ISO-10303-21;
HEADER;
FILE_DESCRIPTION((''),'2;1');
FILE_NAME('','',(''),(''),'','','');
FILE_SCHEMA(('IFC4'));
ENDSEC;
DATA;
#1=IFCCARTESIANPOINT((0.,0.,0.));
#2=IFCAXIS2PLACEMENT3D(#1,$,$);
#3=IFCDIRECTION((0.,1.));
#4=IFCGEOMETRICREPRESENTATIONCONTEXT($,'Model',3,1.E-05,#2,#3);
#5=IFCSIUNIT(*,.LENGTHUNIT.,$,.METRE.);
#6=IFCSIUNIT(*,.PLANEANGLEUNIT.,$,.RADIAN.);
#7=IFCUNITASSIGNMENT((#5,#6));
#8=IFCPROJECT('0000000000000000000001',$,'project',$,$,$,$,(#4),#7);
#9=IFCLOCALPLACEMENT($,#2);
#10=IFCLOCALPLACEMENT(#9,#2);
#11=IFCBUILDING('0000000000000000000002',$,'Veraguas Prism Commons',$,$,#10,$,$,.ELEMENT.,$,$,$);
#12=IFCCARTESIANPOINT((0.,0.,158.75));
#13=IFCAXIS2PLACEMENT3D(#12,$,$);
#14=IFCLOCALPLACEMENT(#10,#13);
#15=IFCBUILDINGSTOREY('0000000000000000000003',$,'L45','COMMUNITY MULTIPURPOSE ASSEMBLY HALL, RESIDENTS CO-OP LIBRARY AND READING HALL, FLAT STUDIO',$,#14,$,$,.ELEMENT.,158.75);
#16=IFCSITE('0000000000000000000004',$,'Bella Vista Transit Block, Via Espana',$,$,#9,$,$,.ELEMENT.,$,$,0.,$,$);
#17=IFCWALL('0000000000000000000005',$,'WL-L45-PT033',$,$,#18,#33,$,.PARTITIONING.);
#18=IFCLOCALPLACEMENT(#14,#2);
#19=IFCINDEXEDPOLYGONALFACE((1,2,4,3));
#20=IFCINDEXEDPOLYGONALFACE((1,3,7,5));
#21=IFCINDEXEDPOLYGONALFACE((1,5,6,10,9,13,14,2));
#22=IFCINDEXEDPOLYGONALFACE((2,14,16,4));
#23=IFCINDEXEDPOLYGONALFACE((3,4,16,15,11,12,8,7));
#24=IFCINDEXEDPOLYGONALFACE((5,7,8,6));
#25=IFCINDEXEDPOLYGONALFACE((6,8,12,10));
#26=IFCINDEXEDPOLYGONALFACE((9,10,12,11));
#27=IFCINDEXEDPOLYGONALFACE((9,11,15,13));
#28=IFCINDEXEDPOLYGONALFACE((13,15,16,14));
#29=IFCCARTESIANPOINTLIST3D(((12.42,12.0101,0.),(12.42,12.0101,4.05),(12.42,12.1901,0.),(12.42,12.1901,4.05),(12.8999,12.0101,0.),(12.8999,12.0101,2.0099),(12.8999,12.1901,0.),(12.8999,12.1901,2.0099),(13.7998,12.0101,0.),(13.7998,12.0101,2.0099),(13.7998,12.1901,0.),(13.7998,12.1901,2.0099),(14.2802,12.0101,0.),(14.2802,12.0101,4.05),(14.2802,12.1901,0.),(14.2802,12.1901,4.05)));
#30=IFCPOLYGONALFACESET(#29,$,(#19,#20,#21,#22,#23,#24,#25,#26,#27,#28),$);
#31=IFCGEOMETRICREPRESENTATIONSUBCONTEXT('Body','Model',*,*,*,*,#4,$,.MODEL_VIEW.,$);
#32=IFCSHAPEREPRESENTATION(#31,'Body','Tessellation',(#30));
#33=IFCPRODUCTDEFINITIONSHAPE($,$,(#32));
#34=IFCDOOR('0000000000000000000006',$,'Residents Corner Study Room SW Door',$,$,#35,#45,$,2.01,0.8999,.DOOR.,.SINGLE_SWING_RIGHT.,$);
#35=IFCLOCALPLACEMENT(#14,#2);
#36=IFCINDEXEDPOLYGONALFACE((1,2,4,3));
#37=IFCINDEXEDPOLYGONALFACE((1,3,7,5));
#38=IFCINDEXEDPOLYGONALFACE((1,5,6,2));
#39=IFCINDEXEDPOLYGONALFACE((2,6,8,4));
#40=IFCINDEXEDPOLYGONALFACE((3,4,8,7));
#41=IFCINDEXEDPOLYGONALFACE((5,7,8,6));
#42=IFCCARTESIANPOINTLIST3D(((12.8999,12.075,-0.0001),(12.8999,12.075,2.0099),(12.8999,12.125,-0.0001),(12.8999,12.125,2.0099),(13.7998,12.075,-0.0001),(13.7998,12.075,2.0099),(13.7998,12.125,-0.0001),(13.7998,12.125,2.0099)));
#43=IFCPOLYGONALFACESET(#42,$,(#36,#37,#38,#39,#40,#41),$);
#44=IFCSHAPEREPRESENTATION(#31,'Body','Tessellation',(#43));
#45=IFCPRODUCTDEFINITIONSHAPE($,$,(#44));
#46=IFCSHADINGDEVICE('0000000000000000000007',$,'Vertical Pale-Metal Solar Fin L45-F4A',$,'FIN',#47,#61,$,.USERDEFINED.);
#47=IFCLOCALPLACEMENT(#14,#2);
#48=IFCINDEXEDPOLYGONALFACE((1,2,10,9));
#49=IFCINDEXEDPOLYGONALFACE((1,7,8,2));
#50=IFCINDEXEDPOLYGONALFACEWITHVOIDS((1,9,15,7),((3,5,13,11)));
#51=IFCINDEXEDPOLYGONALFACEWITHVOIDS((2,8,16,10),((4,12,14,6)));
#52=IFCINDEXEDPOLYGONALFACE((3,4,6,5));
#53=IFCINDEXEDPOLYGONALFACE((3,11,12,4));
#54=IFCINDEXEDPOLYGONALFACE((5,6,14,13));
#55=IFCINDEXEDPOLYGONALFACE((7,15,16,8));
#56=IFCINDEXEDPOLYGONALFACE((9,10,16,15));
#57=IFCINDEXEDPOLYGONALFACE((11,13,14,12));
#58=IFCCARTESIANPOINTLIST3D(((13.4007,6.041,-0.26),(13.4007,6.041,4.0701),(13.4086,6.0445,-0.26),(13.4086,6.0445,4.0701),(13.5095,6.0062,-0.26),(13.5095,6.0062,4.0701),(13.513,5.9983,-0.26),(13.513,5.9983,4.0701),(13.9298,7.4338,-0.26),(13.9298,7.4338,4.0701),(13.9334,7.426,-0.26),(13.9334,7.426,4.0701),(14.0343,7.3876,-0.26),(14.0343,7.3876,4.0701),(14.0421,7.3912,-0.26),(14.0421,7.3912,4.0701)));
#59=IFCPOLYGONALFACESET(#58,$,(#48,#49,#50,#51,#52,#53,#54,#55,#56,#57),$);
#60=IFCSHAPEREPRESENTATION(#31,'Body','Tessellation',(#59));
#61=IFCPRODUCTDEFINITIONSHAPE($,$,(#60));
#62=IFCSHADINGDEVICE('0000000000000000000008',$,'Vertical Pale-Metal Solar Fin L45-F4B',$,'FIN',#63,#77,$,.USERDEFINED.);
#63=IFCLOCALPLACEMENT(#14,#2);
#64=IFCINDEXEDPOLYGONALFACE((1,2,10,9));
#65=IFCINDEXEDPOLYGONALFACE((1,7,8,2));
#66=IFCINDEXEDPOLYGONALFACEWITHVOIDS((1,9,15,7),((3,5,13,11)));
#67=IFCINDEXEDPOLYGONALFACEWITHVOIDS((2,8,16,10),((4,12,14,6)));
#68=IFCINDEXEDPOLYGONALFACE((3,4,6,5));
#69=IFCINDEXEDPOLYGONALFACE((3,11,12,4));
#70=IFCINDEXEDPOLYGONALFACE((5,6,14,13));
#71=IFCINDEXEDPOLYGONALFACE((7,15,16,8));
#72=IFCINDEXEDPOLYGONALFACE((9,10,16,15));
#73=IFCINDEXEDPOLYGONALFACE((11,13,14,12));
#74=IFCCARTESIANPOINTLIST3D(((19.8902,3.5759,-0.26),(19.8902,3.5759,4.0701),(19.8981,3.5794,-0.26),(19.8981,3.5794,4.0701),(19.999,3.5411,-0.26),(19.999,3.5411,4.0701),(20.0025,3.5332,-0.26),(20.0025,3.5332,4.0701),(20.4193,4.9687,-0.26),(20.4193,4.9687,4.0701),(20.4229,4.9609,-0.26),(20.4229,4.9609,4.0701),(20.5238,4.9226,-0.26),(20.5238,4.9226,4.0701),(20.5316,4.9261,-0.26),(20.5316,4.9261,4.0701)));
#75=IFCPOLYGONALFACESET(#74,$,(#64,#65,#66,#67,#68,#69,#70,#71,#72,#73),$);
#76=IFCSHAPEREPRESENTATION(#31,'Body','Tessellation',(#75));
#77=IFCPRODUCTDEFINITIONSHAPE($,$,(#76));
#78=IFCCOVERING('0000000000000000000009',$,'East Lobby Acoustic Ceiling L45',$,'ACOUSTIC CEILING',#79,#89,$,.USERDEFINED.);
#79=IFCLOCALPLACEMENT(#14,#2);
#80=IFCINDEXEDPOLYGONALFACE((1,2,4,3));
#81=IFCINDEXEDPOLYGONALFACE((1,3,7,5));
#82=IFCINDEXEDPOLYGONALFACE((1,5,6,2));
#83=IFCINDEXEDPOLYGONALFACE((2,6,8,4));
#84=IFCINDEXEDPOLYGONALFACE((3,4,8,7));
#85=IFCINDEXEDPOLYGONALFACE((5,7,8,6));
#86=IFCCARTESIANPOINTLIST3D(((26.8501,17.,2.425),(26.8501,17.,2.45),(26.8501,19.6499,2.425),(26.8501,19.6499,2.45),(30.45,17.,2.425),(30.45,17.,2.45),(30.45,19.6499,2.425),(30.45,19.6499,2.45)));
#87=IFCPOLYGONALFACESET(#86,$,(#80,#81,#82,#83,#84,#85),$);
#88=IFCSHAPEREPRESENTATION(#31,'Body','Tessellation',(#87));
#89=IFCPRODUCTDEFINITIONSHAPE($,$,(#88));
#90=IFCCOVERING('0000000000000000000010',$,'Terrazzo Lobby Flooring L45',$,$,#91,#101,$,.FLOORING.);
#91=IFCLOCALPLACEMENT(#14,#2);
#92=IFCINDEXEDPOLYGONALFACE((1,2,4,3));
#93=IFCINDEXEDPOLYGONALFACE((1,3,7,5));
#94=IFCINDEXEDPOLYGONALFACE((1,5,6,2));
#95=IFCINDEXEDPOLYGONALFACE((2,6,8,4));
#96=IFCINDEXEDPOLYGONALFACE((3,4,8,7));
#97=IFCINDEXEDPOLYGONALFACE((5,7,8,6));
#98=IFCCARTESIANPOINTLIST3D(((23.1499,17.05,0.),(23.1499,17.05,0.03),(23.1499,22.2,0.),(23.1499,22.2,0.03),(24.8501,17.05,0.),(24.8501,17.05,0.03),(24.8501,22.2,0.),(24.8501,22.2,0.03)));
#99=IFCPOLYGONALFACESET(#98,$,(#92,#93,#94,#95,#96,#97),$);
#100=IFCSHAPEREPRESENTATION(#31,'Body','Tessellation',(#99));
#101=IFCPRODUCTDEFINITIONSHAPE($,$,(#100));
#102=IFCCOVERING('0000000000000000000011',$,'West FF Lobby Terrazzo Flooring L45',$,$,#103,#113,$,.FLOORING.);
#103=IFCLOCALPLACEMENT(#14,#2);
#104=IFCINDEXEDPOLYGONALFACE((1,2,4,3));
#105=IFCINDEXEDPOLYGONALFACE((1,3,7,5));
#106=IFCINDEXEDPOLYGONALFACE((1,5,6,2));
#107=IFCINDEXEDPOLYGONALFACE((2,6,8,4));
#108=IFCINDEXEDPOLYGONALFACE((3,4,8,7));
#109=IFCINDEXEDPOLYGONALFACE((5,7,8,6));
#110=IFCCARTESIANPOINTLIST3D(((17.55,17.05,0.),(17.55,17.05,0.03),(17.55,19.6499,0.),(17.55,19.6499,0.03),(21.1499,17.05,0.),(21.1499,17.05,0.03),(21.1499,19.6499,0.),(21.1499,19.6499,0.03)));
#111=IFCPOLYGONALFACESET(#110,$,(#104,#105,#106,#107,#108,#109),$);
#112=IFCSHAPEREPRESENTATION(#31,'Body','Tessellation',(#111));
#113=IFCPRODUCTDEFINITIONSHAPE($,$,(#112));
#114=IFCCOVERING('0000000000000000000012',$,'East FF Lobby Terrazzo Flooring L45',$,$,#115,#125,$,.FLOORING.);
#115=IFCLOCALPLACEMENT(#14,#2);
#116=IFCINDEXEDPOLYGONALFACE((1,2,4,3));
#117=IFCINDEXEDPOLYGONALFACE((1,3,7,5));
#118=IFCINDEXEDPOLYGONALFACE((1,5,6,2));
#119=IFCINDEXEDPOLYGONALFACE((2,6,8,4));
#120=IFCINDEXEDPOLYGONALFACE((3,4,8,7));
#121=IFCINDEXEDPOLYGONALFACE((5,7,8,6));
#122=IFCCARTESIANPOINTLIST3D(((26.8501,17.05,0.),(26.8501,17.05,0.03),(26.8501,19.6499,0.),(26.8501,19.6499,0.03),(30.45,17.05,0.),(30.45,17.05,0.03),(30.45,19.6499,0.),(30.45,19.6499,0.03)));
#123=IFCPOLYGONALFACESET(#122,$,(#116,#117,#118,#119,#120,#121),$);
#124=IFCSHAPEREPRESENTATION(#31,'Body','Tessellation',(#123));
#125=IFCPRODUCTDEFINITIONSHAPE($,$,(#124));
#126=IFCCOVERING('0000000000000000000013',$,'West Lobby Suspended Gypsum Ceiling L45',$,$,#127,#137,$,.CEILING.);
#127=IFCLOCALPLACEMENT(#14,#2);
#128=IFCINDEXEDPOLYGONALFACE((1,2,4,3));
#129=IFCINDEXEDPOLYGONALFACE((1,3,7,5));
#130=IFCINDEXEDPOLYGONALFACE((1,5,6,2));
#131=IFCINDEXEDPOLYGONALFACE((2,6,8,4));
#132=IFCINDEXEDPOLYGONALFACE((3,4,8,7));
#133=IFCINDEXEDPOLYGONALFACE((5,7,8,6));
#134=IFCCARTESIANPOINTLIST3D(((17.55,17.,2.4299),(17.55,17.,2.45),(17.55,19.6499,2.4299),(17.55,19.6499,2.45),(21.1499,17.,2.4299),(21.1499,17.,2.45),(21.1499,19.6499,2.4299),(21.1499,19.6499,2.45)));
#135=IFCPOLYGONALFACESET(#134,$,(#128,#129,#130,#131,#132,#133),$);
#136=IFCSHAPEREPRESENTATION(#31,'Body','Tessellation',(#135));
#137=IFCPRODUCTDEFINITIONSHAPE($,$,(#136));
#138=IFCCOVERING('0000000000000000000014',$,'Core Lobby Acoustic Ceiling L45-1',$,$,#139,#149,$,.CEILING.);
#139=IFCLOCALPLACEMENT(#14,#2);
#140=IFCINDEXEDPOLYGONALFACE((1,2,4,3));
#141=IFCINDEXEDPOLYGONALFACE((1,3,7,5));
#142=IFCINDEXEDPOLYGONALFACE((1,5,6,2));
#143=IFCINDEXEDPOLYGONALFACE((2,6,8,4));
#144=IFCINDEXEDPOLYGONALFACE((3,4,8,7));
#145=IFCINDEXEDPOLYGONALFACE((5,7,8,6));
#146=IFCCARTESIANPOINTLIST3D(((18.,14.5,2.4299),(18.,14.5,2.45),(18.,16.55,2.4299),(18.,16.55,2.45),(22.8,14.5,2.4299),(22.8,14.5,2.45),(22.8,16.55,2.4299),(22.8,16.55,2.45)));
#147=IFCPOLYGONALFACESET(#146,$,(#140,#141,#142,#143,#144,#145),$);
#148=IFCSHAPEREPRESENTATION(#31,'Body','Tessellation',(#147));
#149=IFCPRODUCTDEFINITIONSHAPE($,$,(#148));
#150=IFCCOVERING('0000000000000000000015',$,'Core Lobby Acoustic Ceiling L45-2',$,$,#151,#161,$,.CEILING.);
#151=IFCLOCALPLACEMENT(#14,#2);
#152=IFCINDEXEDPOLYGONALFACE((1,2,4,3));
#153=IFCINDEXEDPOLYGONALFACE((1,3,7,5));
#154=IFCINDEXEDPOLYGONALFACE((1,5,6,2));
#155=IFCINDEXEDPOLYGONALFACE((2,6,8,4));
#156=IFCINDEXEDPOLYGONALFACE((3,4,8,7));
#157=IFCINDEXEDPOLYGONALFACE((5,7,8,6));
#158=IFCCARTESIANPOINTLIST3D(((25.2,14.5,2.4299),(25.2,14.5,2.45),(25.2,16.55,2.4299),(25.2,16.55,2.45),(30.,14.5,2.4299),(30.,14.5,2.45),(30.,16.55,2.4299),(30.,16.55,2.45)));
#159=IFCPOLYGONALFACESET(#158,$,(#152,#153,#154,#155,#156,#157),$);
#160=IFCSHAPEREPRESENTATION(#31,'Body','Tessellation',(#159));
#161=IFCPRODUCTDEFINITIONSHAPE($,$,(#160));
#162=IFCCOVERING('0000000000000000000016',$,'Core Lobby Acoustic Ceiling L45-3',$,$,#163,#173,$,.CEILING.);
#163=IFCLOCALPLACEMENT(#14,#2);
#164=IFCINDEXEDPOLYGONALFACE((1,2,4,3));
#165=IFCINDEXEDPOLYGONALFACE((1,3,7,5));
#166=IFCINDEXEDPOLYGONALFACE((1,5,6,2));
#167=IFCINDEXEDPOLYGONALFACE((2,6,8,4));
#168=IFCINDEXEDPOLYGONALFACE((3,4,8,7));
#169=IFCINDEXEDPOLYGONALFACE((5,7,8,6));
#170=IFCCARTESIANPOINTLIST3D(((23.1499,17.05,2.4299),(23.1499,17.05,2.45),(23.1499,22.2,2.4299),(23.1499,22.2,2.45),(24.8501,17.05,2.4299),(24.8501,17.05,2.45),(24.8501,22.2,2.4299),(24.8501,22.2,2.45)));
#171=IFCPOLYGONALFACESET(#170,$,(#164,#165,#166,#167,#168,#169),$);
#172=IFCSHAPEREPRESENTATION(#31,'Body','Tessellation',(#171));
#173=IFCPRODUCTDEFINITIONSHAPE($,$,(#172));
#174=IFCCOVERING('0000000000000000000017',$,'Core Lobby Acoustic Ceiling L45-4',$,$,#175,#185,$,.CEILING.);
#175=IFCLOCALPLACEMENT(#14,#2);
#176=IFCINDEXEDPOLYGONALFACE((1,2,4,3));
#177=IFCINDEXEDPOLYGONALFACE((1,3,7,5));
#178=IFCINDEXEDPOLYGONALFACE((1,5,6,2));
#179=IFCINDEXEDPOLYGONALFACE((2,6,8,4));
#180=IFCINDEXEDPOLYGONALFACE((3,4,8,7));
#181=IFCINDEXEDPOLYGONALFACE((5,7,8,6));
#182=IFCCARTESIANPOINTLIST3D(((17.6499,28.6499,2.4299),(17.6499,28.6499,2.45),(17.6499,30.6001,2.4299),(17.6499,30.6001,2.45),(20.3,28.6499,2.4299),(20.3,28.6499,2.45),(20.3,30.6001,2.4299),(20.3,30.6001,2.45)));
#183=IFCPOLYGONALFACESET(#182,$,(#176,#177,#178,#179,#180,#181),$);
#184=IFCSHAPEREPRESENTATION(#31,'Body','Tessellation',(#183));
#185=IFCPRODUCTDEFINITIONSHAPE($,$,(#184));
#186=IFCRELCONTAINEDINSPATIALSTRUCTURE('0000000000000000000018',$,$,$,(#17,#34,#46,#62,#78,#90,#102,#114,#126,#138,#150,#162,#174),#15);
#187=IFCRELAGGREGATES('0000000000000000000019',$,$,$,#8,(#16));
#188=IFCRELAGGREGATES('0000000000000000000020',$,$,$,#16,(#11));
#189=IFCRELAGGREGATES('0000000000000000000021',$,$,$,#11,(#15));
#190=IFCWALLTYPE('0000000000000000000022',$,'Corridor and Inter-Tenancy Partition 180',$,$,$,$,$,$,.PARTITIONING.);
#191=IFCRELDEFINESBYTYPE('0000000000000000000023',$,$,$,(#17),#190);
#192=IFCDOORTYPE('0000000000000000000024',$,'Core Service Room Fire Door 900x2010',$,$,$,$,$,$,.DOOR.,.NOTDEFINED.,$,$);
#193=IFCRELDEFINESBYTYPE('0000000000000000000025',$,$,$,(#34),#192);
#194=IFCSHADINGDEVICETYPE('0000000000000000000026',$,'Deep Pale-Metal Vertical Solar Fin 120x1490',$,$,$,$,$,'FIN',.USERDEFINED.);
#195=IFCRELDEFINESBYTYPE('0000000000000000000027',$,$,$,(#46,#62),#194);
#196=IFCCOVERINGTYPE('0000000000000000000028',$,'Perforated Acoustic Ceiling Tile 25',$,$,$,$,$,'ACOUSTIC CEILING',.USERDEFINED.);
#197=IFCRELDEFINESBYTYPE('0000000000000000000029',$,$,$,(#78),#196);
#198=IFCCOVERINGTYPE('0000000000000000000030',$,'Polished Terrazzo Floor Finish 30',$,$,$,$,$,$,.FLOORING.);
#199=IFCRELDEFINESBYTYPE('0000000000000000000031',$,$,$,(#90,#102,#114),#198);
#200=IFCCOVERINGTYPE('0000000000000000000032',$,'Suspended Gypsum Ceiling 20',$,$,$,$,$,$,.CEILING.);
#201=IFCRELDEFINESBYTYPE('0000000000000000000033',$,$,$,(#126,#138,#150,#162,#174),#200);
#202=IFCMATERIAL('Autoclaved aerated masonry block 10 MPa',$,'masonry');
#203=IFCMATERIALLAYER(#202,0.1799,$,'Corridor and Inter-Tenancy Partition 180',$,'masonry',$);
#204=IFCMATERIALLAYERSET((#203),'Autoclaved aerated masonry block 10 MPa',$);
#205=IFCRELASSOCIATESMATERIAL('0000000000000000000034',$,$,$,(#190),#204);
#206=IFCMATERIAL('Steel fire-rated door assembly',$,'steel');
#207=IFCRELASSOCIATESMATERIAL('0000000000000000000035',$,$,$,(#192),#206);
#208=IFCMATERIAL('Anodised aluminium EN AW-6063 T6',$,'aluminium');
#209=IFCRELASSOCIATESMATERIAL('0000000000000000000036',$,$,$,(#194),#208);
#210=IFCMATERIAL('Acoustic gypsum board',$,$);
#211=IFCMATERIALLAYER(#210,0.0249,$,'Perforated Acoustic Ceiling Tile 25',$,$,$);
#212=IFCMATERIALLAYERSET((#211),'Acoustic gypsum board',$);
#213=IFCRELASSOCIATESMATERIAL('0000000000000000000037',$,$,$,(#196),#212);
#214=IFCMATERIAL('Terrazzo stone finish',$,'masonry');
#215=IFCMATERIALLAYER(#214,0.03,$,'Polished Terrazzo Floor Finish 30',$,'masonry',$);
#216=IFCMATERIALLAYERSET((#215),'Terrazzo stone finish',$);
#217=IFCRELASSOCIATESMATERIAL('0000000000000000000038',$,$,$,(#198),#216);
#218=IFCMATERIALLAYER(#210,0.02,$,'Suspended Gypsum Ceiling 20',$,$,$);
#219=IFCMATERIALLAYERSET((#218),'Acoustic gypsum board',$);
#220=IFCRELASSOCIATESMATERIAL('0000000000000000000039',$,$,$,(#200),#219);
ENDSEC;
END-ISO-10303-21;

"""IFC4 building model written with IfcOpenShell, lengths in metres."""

from ifc_helpers import new_model, si_unit, direction, frame, frame_2d, origin, origin_2d, place, context, subcontext, project, spatial, polyline, rectangle, hollow_rectangle, outline, extrude, source, transform, mapped, material, layer, layer_set, material_profile, profile_set, type_object, element, fill, save


model = new_model("IFC4")

# Units and contexts
model_context = context("Model", 3, precision=1e-05, world=origin(), true_north=direction((0.0, 1.0)))
body_context = subcontext(model_context, "Body", "Model", "MODEL_VIEW")
ifc_project = project(units=[si_unit("LENGTHUNIT", "METRE"), si_unit("PLANEANGLEUNIT", "RADIAN")], contexts=[model_context])

# Site, building, storey
site_placement = place(None, origin())
site = spatial("IfcSite", under=ifc_project, at=site_placement, Name="Bella Vista Transit Block, Via Espana", CompositionType="ELEMENT", RefElevation=0.0)
building_placement = place(site_placement, origin())
building = spatial("IfcBuilding", under=site, at=building_placement, Name="Veraguas Prism Commons", CompositionType="ELEMENT")
storey_placement = place(building_placement, frame((0.0, 0.0, 158.75)))
storey = spatial("IfcBuildingStorey", under=building, at=storey_placement, Name="L45", Description="COMMUNITY MULTIPURPOSE ASSEMBLY HALL, RESIDENTS CO-OP LIBRARY AND READING HALL, FLAT STUDIO", CompositionType="ELEMENT", Elevation=158.75)

# Shared definitions
ifc_material_1 = material(Name="Anodised aluminium EN AW-6063 T6", Category="aluminium")

# Shared definitions
ifc_material_2 = material(Name="Autoclaved aerated masonry block 10 MPa", Category="masonry")
ifc_layer_1 = layer(ifc_material_2, 0.1799, Name="Corridor and Inter-Tenancy Partition 180", Category="masonry")
ifc_layer_set_1 = layer_set([ifc_layer_1], Name="Autoclaved aerated masonry block 10 MPa")
wall_type = type_object("IfcWallType", Name="Corridor and Inter-Tenancy Partition 180", PredefinedType="PARTITIONING", material=ifc_layer_set_1)

# Wall, opening, door
wall_1_placement = place(storey_placement, frame((12.4199, 12.1001, 0.0), z_axis=(0.0, 0.0, 1.0), x_axis=(1.0, 0.0, 0.0)))
wall_1 = element("IfcWall", 1, at=wall_1_placement, inside=storey, type_object=wall_type, Name="WL-L45-PT033", PredefinedType="PARTITIONING", context=body_context, shape_type="SweptSolid", body=[
    extrude(rectangle(XDim=1.8601, YDim=0.1799, at=frame_2d((0.9302, 0.0))), origin(), (0.0, 0.0, 1.0), 4.05),
])
opening_placement = place(wall_1_placement, frame((0.48, 0.0, 0.0)))
opening = element("IfcOpeningElement", 2, at=opening_placement, cuts=wall_1, PredefinedType="OPENING", context=body_context, shape_type="SweptSolid", body=[
    extrude(rectangle(XDim=0.8999, YDim=2.01, at=frame_2d((0.45, 1.0049))), frame((0.0, 0.0999, 0.0), z_axis=(0.0, -1.0, 0.0), x_axis=(1.0, 0.0, 0.0)), (0.0, 0.0, 1.0), 0.2),
])
ifc_material_3 = material(Name="Steel fire-rated door assembly", Category="steel")
door_type = type_object("IfcDoorType", Name="Core Service Room Fire Door 900x2010", OperationType="NOTDEFINED", PredefinedType="DOOR", material=ifc_material_3)
shared_shape_1 = source(origin(), body_context, "Body", "SweptSolid", [
    extrude(rectangle(XDim=0.8999, YDim=2.01, at=frame_2d((0.45, 1.0049))), frame((0.0, 0.0249, 0.0), z_axis=(0.0, -1.0, 0.0), x_axis=(1.0, 0.0, 0.0)), (0.0, 0.0, 1.0), 0.05),
])
door_placement = place(opening_placement, origin())
door = element("IfcDoor", 3, at=door_placement, inside=storey, type_object=door_type, Name="Residents Corner Study Room SW Door", OperationType="SINGLE_SWING_RIGHT", OverallHeight=2.01, OverallWidth=0.8999, PredefinedType="DOOR", context=body_context, shape_type="MappedRepresentation", body=[
    mapped(shared_shape_1, transform((0.0, 0.0, 0.0), scale=1.0)),
])
fill(opening, door)

# Shading devices
ifc_material_profile_1 = material_profile(ifc_material_1, hollow_rectangle(XDim=0.1201, YDim=1.49, WallThickness=0.0061, at=origin_2d()), Name="FIN120X1490X6")
ifc_profile_set_1 = profile_set([ifc_material_profile_1], Name="Anodised aluminium EN AW-6063 T6")
shading_device_type = type_object("IfcShadingDeviceType", Name="Deep Pale-Metal Vertical Solar Fin 120x1490", ElementType="FIN", PredefinedType="USERDEFINED", material=ifc_profile_set_1)
for number, where, z_axis, x_axis, name in (
    (4, (13.7214, 6.7161, -0.26), (0.0, 0.0, 1.0), (0.934825, -0.355109, 0.0), "Vertical Pale-Metal Solar Fin L45-F4A"),
    (5, (20.2109, 4.251, -0.26), (0.0, 0.0, 1.0), (0.934825, -0.355109, 0.0), "Vertical Pale-Metal Solar Fin L45-F4B"),
):
    element("IfcShadingDevice", number, at=place(storey_placement, frame(where, z_axis=z_axis, x_axis=x_axis)), inside=storey, type_object=shading_device_type, Name=name, ObjectType="FIN", PredefinedType="USERDEFINED", context=body_context, shape_type="SweptSolid", body=[
        extrude(hollow_rectangle(XDim=0.1201, YDim=1.49, WallThickness=0.0061, at=origin_2d()), origin(), (0.0, 0.0, 1.0), 4.3301),
    ])

# Coverings
ifc_material_4 = material(Name="Acoustic gypsum board")
ifc_layer_2 = layer(ifc_material_4, 0.0249, Name="Perforated Acoustic Ceiling Tile 25")
ifc_layer_set_2 = layer_set([ifc_layer_2], Name="Acoustic gypsum board")
covering_type_1 = type_object("IfcCoveringType", Name="Perforated Acoustic Ceiling Tile 25", ElementType="ACOUSTIC CEILING", PredefinedType="USERDEFINED", material=ifc_layer_set_2)
covering_1_placement = place(storey_placement, frame((0.0, 0.0, 2.425)))
element("IfcCovering", 6, at=covering_1_placement, inside=storey, type_object=covering_type_1, Name="East Lobby Acoustic Ceiling L45", ObjectType="ACOUSTIC CEILING", PredefinedType="USERDEFINED", context=body_context, shape_type="SweptSolid", body=[
    extrude(outline(polyline([(26.8501, 17.0), (30.45, 17.0), (30.45, 19.6499), (26.8501, 19.6499), (26.8501, 17.0)])), origin(), (0.0, 0.0, 1.0), 0.0249),
])
ifc_material_5 = material(Name="Terrazzo stone finish", Category="masonry")
ifc_layer_3 = layer(ifc_material_5, 0.03, Name="Polished Terrazzo Floor Finish 30", Category="masonry")
ifc_layer_set_3 = layer_set([ifc_layer_3], Name="Terrazzo stone finish")
covering_type_2 = type_object("IfcCoveringType", Name="Polished Terrazzo Floor Finish 30", PredefinedType="FLOORING", material=ifc_layer_set_3)
covering_2_placement = place(storey_placement, origin())
element("IfcCovering", 7, at=covering_2_placement, inside=storey, type_object=covering_type_2, Name="Terrazzo Lobby Flooring L45", PredefinedType="FLOORING", context=body_context, shape_type="SweptSolid", body=[
    extrude(outline(polyline([(23.1499, 17.05), (24.8501, 17.05), (24.8501, 22.2), (23.1499, 22.2), (23.1499, 17.05)])), origin(), (0.0, 0.0, 1.0), 0.03),
])
covering_3_placement = place(storey_placement, origin())
element("IfcCovering", 8, at=covering_3_placement, inside=storey, type_object=covering_type_2, Name="West FF Lobby Terrazzo Flooring L45", PredefinedType="FLOORING", context=body_context, shape_type="SweptSolid", body=[
    extrude(outline(polyline([(17.55, 17.05), (21.1499, 17.05), (21.1499, 19.6499), (17.55, 19.6499), (17.55, 17.05)])), origin(), (0.0, 0.0, 1.0), 0.03),
])
covering_4_placement = place(storey_placement, origin())
element("IfcCovering", 9, at=covering_4_placement, inside=storey, type_object=covering_type_2, Name="East FF Lobby Terrazzo Flooring L45", PredefinedType="FLOORING", context=body_context, shape_type="SweptSolid", body=[
    extrude(outline(polyline([(26.8501, 17.05), (30.45, 17.05), (30.45, 19.6499), (26.8501, 19.6499), (26.8501, 17.05)])), origin(), (0.0, 0.0, 1.0), 0.03),
])
ifc_layer_4 = layer(ifc_material_4, 0.02, Name="Suspended Gypsum Ceiling 20")
ifc_layer_set_4 = layer_set([ifc_layer_4], Name="Acoustic gypsum board")
covering_type_3 = type_object("IfcCoveringType", Name="Suspended Gypsum Ceiling 20", PredefinedType="CEILING", material=ifc_layer_set_4)
covering_5_placement = place(storey_placement, frame((0.0, 0.0, 2.4299)))
element("IfcCovering", 10, at=covering_5_placement, inside=storey, type_object=covering_type_3, Name="West Lobby Suspended Gypsum Ceiling L45", PredefinedType="CEILING", context=body_context, shape_type="SweptSolid", body=[
    extrude(outline(polyline([(17.55, 17.0), (21.1499, 17.0), (21.1499, 19.6499), (17.55, 19.6499), (17.55, 17.0)])), origin(), (0.0, 0.0, 1.0), 0.02),
])
covering_6_placement = place(storey_placement, frame((0.0, 0.0, 2.4299)))
element("IfcCovering", 11, at=covering_6_placement, inside=storey, type_object=covering_type_3, Name="Core Lobby Acoustic Ceiling L45-1", PredefinedType="CEILING", context=body_context, shape_type="SweptSolid", body=[
    extrude(outline(polyline([(18.0, 14.5), (22.8, 14.5), (22.8, 16.55), (18.0, 16.55), (18.0, 14.5)])), origin(), (0.0, 0.0, 1.0), 0.02),
])
covering_7_placement = place(storey_placement, frame((0.0, 0.0, 2.4299)))
element("IfcCovering", 12, at=covering_7_placement, inside=storey, type_object=covering_type_3, Name="Core Lobby Acoustic Ceiling L45-2", PredefinedType="CEILING", context=body_context, shape_type="SweptSolid", body=[
    extrude(outline(polyline([(25.2, 14.5), (30.0, 14.5), (30.0, 16.55), (25.2, 16.55), (25.2, 14.5)])), origin(), (0.0, 0.0, 1.0), 0.02),
])
covering_8_placement = place(storey_placement, frame((0.0, 0.0, 2.4299)))
element("IfcCovering", 13, at=covering_8_placement, inside=storey, type_object=covering_type_3, Name="Core Lobby Acoustic Ceiling L45-3", PredefinedType="CEILING", context=body_context, shape_type="SweptSolid", body=[
    extrude(outline(polyline([(23.1499, 17.05), (24.8501, 17.05), (24.8501, 22.2), (23.1499, 22.2), (23.1499, 17.05)])), origin(), (0.0, 0.0, 1.0), 0.02),
])
covering_9_placement = place(storey_placement, frame((0.0, 0.0, 2.4299)))
element("IfcCovering", 14, at=covering_9_placement, inside=storey, type_object=covering_type_3, Name="Core Lobby Acoustic Ceiling L45-4", PredefinedType="CEILING", context=body_context, shape_type="SweptSolid", body=[
    extrude(outline(polyline([(17.6499, 28.6499), (20.3, 28.6499), (20.3, 30.6001), (17.6499, 30.6001), (17.6499, 28.6499)])), origin(), (0.0, 0.0, 1.0), 0.02),
])

save(model, "model.ifc")
